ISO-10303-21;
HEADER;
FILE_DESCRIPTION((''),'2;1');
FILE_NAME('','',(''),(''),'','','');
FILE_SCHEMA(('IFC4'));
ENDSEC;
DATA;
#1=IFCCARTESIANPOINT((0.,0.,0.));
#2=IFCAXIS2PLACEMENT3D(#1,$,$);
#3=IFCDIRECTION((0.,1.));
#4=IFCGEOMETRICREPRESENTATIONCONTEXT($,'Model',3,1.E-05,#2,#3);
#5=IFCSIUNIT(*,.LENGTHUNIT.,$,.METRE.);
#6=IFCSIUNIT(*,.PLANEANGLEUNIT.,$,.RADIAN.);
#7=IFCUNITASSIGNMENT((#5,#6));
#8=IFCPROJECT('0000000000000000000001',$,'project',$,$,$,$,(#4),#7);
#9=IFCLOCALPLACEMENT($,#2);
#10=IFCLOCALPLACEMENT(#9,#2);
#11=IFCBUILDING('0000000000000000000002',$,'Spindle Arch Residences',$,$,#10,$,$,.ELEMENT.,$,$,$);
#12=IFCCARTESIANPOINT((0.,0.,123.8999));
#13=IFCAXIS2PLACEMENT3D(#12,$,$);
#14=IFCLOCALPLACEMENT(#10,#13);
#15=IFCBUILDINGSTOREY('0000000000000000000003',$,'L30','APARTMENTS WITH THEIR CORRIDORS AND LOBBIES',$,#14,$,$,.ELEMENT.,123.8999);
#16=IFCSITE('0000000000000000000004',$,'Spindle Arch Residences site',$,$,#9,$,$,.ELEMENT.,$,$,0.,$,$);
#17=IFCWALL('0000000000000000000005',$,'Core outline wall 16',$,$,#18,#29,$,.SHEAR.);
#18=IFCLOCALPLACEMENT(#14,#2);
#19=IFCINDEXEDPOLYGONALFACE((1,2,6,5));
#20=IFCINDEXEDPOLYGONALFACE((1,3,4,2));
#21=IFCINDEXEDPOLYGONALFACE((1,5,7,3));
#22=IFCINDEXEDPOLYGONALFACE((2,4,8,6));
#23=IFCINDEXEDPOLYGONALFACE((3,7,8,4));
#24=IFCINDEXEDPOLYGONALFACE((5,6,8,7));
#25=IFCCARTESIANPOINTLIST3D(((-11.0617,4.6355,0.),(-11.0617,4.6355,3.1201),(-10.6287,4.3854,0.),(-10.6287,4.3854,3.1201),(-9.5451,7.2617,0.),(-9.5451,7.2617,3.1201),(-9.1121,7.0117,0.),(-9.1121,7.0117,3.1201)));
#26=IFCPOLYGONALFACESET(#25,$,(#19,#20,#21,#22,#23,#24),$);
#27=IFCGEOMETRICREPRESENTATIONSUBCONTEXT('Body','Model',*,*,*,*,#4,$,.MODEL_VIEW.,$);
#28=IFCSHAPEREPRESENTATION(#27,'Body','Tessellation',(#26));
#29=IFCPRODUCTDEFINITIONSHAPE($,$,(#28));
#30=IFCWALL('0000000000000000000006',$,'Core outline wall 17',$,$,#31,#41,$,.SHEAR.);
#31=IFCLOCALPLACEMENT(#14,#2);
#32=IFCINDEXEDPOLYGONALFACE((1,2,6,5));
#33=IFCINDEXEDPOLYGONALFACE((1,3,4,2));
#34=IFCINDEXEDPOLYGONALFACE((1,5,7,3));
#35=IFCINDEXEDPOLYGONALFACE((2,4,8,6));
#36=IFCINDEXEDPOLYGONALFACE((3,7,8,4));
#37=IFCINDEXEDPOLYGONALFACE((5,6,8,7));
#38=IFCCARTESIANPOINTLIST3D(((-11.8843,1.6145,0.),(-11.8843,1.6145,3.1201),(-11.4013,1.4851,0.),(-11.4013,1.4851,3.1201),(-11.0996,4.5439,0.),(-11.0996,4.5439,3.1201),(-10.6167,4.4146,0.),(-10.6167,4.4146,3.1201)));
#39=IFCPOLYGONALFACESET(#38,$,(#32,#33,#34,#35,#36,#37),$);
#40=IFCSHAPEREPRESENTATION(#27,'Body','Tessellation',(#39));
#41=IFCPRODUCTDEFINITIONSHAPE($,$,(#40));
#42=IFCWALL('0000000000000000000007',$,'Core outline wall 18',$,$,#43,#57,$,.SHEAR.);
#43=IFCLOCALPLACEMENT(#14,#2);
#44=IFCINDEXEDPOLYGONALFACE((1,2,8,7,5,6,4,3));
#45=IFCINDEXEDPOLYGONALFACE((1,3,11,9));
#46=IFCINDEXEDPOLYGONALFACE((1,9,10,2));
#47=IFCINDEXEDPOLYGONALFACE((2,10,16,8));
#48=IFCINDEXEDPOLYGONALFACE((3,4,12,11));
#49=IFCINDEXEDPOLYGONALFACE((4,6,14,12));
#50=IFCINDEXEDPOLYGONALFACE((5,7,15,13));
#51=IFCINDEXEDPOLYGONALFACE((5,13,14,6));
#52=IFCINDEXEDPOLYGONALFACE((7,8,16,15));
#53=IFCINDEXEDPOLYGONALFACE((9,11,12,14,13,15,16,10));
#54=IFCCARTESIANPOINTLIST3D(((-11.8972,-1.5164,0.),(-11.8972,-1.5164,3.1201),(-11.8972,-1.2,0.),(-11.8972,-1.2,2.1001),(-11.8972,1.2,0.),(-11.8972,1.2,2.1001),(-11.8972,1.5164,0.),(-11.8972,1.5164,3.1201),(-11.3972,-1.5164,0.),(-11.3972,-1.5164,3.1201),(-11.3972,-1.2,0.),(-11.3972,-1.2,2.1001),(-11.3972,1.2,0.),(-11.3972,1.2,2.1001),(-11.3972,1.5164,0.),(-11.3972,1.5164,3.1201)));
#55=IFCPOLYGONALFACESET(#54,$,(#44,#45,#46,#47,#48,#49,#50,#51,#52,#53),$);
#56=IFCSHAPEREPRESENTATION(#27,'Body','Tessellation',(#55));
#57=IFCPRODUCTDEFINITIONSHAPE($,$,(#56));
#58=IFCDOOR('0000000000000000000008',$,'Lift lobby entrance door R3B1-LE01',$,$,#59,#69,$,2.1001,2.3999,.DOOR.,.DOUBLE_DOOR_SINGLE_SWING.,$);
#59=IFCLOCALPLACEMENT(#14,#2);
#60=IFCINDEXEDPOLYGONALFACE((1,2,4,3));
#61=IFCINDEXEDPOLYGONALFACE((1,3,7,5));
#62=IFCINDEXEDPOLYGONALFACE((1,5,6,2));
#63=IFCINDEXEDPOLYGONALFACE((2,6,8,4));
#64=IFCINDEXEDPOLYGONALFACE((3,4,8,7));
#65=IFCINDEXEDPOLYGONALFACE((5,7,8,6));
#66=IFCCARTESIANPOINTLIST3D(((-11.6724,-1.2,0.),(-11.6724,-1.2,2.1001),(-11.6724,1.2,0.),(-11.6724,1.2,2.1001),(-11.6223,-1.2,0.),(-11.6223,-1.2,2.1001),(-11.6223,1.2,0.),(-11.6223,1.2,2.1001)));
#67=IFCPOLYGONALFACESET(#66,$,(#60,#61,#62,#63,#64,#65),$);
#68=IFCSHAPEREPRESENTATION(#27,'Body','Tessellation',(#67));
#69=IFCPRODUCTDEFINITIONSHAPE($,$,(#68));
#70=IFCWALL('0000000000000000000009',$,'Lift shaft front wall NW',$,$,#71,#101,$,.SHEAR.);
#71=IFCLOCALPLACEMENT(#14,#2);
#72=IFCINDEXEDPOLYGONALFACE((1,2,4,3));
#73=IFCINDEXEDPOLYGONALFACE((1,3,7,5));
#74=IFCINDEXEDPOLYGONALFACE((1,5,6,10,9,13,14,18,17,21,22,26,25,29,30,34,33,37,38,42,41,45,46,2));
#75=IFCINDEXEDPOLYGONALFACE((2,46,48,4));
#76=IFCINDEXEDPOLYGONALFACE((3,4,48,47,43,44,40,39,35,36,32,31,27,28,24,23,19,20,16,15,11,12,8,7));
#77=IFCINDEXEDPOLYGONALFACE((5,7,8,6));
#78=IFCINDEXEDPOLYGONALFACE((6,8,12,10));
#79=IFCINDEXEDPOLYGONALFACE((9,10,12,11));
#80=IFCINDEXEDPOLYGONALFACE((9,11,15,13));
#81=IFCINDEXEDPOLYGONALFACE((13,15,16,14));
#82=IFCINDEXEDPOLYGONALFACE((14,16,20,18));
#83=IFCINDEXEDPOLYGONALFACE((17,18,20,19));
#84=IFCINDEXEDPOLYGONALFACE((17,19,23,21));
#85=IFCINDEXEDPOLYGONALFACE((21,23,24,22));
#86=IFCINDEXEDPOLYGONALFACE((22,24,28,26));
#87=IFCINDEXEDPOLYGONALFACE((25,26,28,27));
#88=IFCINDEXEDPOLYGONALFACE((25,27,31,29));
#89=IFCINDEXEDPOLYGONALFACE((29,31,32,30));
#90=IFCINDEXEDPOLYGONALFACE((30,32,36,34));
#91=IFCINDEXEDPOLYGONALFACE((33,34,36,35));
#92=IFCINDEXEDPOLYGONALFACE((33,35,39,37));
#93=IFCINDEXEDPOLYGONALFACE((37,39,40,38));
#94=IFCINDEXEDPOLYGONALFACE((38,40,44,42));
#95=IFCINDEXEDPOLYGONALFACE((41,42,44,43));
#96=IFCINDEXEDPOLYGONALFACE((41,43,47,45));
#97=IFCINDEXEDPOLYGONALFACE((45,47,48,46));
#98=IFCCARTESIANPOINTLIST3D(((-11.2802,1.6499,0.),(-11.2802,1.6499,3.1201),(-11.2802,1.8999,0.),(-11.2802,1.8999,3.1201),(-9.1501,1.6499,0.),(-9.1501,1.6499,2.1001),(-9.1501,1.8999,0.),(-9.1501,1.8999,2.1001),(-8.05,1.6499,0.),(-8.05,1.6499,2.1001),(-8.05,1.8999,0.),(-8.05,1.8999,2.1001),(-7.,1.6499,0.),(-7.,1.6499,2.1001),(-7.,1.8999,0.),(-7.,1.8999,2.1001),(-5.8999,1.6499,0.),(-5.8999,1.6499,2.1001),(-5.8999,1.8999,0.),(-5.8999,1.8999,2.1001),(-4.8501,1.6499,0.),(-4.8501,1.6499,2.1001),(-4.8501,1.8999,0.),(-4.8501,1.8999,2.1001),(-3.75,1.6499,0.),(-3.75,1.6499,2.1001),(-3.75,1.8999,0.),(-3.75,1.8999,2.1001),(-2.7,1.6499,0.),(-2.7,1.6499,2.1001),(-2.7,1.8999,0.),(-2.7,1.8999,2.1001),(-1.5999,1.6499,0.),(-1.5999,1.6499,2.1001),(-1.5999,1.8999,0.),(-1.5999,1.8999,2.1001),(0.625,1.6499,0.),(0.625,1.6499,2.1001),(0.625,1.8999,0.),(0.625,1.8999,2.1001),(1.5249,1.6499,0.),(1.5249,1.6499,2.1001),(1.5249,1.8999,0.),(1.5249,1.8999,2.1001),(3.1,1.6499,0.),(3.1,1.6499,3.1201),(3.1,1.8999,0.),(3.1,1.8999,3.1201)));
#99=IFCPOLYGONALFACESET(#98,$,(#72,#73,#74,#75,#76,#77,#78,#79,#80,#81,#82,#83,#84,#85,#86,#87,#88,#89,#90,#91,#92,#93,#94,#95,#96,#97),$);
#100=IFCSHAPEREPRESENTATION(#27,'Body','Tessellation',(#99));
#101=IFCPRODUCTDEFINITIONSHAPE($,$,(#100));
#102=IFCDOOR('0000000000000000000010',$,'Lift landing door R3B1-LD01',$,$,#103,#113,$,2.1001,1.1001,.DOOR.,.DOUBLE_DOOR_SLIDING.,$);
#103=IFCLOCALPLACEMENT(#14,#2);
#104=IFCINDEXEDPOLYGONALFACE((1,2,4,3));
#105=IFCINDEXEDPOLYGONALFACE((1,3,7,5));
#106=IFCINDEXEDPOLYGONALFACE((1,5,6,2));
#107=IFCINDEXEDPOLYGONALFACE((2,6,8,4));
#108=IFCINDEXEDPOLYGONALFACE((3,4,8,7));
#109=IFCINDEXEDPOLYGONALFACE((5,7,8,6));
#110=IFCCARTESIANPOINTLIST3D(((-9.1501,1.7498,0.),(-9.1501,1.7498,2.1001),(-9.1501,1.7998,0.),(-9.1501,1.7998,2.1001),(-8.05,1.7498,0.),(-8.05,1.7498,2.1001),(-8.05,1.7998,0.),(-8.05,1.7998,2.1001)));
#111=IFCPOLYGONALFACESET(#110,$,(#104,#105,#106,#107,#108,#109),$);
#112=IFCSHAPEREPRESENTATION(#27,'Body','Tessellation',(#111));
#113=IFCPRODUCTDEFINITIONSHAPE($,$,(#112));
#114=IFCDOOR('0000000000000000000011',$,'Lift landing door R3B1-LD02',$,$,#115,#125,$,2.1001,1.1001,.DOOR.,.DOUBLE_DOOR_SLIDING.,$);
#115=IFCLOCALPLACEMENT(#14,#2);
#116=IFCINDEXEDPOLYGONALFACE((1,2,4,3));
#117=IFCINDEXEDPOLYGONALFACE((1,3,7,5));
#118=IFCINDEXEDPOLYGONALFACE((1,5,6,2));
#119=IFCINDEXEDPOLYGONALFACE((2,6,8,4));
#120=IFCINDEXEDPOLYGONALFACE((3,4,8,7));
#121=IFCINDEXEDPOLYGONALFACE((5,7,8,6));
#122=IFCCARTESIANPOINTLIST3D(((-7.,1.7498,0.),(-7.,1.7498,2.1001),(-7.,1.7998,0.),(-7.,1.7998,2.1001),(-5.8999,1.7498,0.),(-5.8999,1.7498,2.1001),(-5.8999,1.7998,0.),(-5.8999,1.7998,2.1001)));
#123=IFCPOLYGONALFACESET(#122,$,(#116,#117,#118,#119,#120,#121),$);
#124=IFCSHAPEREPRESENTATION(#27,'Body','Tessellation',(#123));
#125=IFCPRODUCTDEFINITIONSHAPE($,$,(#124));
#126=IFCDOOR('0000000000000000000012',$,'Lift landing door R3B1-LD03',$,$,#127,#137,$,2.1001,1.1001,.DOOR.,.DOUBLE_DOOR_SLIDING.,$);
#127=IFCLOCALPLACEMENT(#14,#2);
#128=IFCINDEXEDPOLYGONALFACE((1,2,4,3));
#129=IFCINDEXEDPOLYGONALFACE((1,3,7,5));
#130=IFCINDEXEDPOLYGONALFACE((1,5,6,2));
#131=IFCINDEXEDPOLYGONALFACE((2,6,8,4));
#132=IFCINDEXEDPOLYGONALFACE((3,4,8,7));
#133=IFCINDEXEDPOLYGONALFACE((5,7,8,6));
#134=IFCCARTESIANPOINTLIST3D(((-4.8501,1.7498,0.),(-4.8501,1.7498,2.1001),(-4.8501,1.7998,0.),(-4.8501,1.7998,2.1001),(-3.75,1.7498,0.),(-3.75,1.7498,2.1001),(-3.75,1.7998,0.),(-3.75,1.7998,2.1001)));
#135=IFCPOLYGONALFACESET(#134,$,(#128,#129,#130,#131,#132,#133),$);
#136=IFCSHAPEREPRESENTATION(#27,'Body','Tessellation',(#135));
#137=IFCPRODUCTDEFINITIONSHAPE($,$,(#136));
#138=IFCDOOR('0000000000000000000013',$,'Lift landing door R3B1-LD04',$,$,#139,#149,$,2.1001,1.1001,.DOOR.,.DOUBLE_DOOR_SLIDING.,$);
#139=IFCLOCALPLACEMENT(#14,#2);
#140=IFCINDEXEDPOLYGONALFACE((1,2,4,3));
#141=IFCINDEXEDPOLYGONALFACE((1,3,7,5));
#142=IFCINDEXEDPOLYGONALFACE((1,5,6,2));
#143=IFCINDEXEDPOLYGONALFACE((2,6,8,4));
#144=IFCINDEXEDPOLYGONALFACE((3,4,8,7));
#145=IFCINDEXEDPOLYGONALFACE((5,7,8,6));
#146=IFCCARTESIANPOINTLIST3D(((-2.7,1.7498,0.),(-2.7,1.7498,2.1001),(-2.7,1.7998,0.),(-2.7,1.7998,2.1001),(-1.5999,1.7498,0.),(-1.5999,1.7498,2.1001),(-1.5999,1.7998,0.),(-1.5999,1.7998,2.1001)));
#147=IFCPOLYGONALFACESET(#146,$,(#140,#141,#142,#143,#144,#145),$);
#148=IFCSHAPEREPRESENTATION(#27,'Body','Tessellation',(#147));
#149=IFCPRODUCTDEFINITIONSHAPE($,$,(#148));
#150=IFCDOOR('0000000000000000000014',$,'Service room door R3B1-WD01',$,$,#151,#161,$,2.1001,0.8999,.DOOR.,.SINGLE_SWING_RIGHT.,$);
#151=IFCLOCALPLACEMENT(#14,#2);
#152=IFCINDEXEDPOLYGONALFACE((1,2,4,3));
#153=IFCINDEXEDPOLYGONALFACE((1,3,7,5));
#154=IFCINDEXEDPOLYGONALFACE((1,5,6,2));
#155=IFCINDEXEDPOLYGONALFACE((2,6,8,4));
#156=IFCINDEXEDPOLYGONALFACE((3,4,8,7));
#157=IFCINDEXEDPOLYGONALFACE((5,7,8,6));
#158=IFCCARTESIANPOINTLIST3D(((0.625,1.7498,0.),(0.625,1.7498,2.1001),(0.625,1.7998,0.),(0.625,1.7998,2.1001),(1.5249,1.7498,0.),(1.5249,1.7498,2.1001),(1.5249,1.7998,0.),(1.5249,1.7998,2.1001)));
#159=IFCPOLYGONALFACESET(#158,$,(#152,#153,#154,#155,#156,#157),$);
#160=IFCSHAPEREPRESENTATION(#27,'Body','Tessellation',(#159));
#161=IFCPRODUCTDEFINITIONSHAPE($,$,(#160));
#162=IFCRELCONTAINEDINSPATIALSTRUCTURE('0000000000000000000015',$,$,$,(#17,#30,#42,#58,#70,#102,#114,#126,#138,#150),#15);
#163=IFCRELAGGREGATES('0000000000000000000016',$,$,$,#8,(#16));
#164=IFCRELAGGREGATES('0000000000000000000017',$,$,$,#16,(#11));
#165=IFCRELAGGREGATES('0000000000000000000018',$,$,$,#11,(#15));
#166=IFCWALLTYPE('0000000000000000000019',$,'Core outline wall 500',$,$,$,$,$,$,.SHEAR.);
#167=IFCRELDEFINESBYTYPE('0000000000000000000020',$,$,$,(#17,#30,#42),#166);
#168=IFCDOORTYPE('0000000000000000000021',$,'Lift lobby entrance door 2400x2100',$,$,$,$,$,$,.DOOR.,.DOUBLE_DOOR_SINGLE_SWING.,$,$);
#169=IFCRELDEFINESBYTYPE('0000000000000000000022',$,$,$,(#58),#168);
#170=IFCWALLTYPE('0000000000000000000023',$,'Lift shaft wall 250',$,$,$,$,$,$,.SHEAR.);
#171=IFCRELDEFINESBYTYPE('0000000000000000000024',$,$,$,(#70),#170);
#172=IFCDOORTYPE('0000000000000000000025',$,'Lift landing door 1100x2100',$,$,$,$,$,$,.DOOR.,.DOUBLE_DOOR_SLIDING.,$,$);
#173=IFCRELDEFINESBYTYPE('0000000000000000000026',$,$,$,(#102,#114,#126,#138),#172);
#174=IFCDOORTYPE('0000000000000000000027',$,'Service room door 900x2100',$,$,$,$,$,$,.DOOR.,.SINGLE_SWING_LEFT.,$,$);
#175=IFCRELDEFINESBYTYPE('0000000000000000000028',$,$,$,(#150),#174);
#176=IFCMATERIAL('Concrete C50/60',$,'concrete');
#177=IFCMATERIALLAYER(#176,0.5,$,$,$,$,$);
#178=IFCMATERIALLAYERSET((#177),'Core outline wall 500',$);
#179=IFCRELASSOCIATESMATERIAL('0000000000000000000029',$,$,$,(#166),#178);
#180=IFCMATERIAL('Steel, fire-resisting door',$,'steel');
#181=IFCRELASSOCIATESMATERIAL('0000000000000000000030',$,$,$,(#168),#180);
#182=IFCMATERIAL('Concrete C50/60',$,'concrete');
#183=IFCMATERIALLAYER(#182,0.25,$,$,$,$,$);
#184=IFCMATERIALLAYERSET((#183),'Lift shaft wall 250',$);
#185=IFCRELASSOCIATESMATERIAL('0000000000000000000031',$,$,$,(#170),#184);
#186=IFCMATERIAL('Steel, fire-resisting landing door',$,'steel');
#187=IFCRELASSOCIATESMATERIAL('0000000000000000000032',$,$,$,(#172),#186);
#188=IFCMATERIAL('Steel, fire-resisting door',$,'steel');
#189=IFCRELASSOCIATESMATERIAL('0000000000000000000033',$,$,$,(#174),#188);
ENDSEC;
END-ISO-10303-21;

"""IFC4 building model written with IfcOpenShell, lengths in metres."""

from ifc_helpers import new_model, si_unit, direction, frame, frame_2d, origin, place, context, subcontext, project, spatial, rectangle, extrude, material, layer, layer_set, type_object, element, fill, save


model = new_model("IFC4")

# Units and contexts
model_context = context("Model", 3, precision=1e-05, world=origin(), true_north=direction((0.0, 1.0)))
body_context = subcontext(model_context, "Body", "Model", "MODEL_VIEW")
ifc_project = project(units=[si_unit("LENGTHUNIT", "METRE"), si_unit("PLANEANGLEUNIT", "RADIAN")], contexts=[model_context])

# Site, building, storey
site_placement = place(None, origin())
site = spatial("IfcSite", under=ifc_project, at=site_placement, Name="Spindle Arch Residences site", CompositionType="ELEMENT", RefElevation=0.0)
building_placement = place(site_placement, origin())
building = spatial("IfcBuilding", under=site, at=building_placement, Name="Spindle Arch Residences", CompositionType="ELEMENT")
storey_placement = place(building_placement, frame((0.0, 0.0, 123.8999)))
storey = spatial("IfcBuildingStorey", under=building, at=storey_placement, Name="L30", Description="APARTMENTS WITH THEIR CORRIDORS AND LOBBIES", CompositionType="ELEMENT", Elevation=123.8999)

# Walls
ifc_material_1 = material(Name="Concrete C50/60", Category="concrete")
ifc_layer_1 = layer(ifc_material_1, 0.5)
ifc_layer_set_1 = layer_set([ifc_layer_1], Name="Core outline wall 500")
wall_type_1 = type_object("IfcWallType", Name="Core outline wall 500", PredefinedType="SHEAR", material=ifc_layer_set_1)
for number, where, z_axis, x_axis, name in (
    (1, (-9.3286, 7.1367, 0.0), (0.0, 0.0, 1.0), (-0.500087, -0.865975, 0.0), "Core outline wall 16"),
    (2, (-10.8582, 4.4792, 0.0), (0.0, 0.0, 1.0), (-0.258735, -0.965948, 0.0), "Core outline wall 17"),
):
    element("IfcWall", number, at=place(storey_placement, frame(where, z_axis=z_axis, x_axis=x_axis)), inside=storey, type_object=wall_type_1, Name=name, PredefinedType="SHEAR", context=body_context, shape_type="SweptSolid", body=[
        extrude(rectangle(XDim=3.0327, YDim=0.5, at=frame_2d((1.5164, 0.0))), origin(), (0.0, 0.0, 1.0), 3.1201),
    ])

# Wall, opening, door
wall_1_placement = place(storey_placement, frame((-11.6472, 1.5164, 0.0), z_axis=(0.0, 0.0, 1.0), x_axis=(0.0, -1.0, 0.0)))
wall_1 = element("IfcWall", 3, at=wall_1_placement, inside=storey, type_object=wall_type_1, Name="Core outline wall 18", PredefinedType="SHEAR", context=body_context, shape_type="SweptSolid", body=[
    extrude(rectangle(XDim=3.0327, YDim=0.5, at=frame_2d((1.5164, 0.0))), origin(), (0.0, 0.0, 1.0), 3.1201),
])
opening_1_placement = place(wall_1_placement, frame((0.3164, 0.0, 0.0)))
opening_1 = element("IfcOpeningElement", 4, at=opening_1_placement, cuts=wall_1, PredefinedType="OPENING", context=body_context, shape_type="SweptSolid", body=[
    extrude(rectangle(XDim=2.3999, YDim=2.1001, at=frame_2d((1.2, 1.05))), frame((0.0, 0.26, 0.0), z_axis=(0.0, -1.0, 0.0), x_axis=(1.0, 0.0, 0.0)), (0.0, 0.0, 1.0), 0.52),
])
ifc_material_2 = material(Name="Steel, fire-resisting door", Category="steel")
door_type_1 = type_object("IfcDoorType", Name="Lift lobby entrance door 2400x2100", OperationType="DOUBLE_DOOR_SINGLE_SWING", PredefinedType="DOOR", material=ifc_material_2)
door_1_placement = place(opening_1_placement, origin())
door_1 = element("IfcDoor", 5, at=door_1_placement, inside=storey, type_object=door_type_1, Name="Lift lobby entrance door R3B1-LE01", OperationType="DOUBLE_DOOR_SINGLE_SWING", OverallHeight=2.1001, OverallWidth=2.3999, PredefinedType="DOOR", context=body_context, shape_type="SweptSolid", body=[
    extrude(rectangle(XDim=2.3999, YDim=2.1001, at=frame_2d((1.2, 1.05))), frame((0.0, 0.0249, 0.0), z_axis=(0.0, -1.0, 0.0), x_axis=(1.0, 0.0, 0.0)), (0.0, 0.0, 1.0), 0.05),
])
fill(opening_1, door_1)

# Wall, openings, doors
ifc_material_3 = material(Name="Concrete C50/60", Category="concrete")
ifc_layer_2 = layer(ifc_material_3, 0.25)
ifc_layer_set_2 = layer_set([ifc_layer_2], Name="Lift shaft wall 250")
wall_type_2 = type_object("IfcWallType", Name="Lift shaft wall 250", PredefinedType="SHEAR", material=ifc_layer_set_2)
wall_2_placement = place(storey_placement, frame((-11.28, 1.7749, 0.0), z_axis=(0.0, 0.0, 1.0), x_axis=(1.0, 0.0, 0.0)))
wall_2 = element("IfcWall", 6, at=wall_2_placement, inside=storey, type_object=wall_type_2, Name="Lift shaft front wall NW", PredefinedType="SHEAR", context=body_context, shape_type="SweptSolid", body=[
    extrude(rectangle(XDim=14.3801, YDim=0.25, at=frame_2d((7.1899, 0.0))), origin(), (0.0, 0.0, 1.0), 3.1201),
])
opening_2_placement = place(wall_2_placement, frame((2.1299, 0.0, 0.0)))
opening_2 = element("IfcOpeningElement", 7, at=opening_2_placement, cuts=wall_2, PredefinedType="OPENING", context=body_context, shape_type="SweptSolid", body=[
    extrude(rectangle(XDim=1.1001, YDim=2.1001, at=frame_2d((0.55, 1.05))), frame((0.0, 0.135, 0.0), z_axis=(0.0, -1.0, 0.0), x_axis=(1.0, 0.0, 0.0)), (0.0, 0.0, 1.0), 0.27),
])
opening_3_placement = place(wall_2_placement, frame((4.28, 0.0, 0.0)))
opening_3 = element("IfcOpeningElement", 8, at=opening_3_placement, cuts=wall_2, PredefinedType="OPENING", context=body_context, shape_type="SweptSolid", body=[
    extrude(rectangle(XDim=1.1001, YDim=2.1001, at=frame_2d((0.55, 1.05))), frame((0.0, 0.135, 0.0), z_axis=(0.0, -1.0, 0.0), x_axis=(1.0, 0.0, 0.0)), (0.0, 0.0, 1.0), 0.27),
])
opening_4_placement = place(wall_2_placement, frame((6.4299, 0.0, 0.0)))
opening_4 = element("IfcOpeningElement", 9, at=opening_4_placement, cuts=wall_2, PredefinedType="OPENING", context=body_context, shape_type="SweptSolid", body=[
    extrude(rectangle(XDim=1.1001, YDim=2.1001, at=frame_2d((0.55, 1.05))), frame((0.0, 0.135, 0.0), z_axis=(0.0, -1.0, 0.0), x_axis=(1.0, 0.0, 0.0)), (0.0, 0.0, 1.0), 0.27),
])
opening_5_placement = place(wall_2_placement, frame((8.5801, 0.0, 0.0)))
opening_5 = element("IfcOpeningElement", 10, at=opening_5_placement, cuts=wall_2, PredefinedType="OPENING", context=body_context, shape_type="SweptSolid", body=[
    extrude(rectangle(XDim=1.1001, YDim=2.1001, at=frame_2d((0.55, 1.05))), frame((0.0, 0.135, 0.0), z_axis=(0.0, -1.0, 0.0), x_axis=(1.0, 0.0, 0.0)), (0.0, 0.0, 1.0), 0.27),
])
opening_6_placement = place(wall_2_placement, frame((11.905, 0.0, 0.0)))
opening_6 = element("IfcOpeningElement", 11, at=opening_6_placement, cuts=wall_2, PredefinedType="OPENING", context=body_context, shape_type="SweptSolid", body=[
    extrude(rectangle(XDim=0.8999, YDim=2.1001, at=frame_2d((0.45, 1.05))), frame((0.0, 0.135, 0.0), z_axis=(0.0, -1.0, 0.0), x_axis=(1.0, 0.0, 0.0)), (0.0, 0.0, 1.0), 0.27),
])
ifc_material_4 = material(Name="Steel, fire-resisting landing door", Category="steel")
door_type_2 = type_object("IfcDoorType", Name="Lift landing door 1100x2100", OperationType="DOUBLE_DOOR_SLIDING", PredefinedType="DOOR", material=ifc_material_4)
door_2_placement = place(opening_2_placement, origin())
door_2 = element("IfcDoor", 12, at=door_2_placement, inside=storey, type_object=door_type_2, Name="Lift landing door R3B1-LD01", OperationType="DOUBLE_DOOR_SLIDING", OverallHeight=2.1001, OverallWidth=1.1001, PredefinedType="DOOR", context=body_context, shape_type="SweptSolid", body=[
    extrude(rectangle(XDim=1.1001, YDim=2.1001, at=frame_2d((0.55, 1.05))), frame((0.0, 0.0249, 0.0), z_axis=(0.0, -1.0, 0.0), x_axis=(1.0, 0.0, 0.0)), (0.0, 0.0, 1.0), 0.05),
])
fill(opening_2, door_2)
door_3_placement = place(opening_3_placement, origin())
door_3 = element("IfcDoor", 13, at=door_3_placement, inside=storey, type_object=door_type_2, Name="Lift landing door R3B1-LD02", OperationType="DOUBLE_DOOR_SLIDING", OverallHeight=2.1001, OverallWidth=1.1001, PredefinedType="DOOR", context=body_context, shape_type="SweptSolid", body=[
    extrude(rectangle(XDim=1.1001, YDim=2.1001, at=frame_2d((0.55, 1.05))), frame((0.0, 0.0249, 0.0), z_axis=(0.0, -1.0, 0.0), x_axis=(1.0, 0.0, 0.0)), (0.0, 0.0, 1.0), 0.05),
])
fill(opening_3, door_3)
door_4_placement = place(opening_4_placement, origin())
door_4 = element("IfcDoor", 14, at=door_4_placement, inside=storey, type_object=door_type_2, Name="Lift landing door R3B1-LD03", OperationType="DOUBLE_DOOR_SLIDING", OverallHeight=2.1001, OverallWidth=1.1001, PredefinedType="DOOR", context=body_context, shape_type="SweptSolid", body=[
    extrude(rectangle(XDim=1.1001, YDim=2.1001, at=frame_2d((0.55, 1.05))), frame((0.0, 0.0249, 0.0), z_axis=(0.0, -1.0, 0.0), x_axis=(1.0, 0.0, 0.0)), (0.0, 0.0, 1.0), 0.05),
])
fill(opening_4, door_4)
door_5_placement = place(opening_5_placement, origin())
door_5 = element("IfcDoor", 15, at=door_5_placement, inside=storey, type_object=door_type_2, Name="Lift landing door R3B1-LD04", OperationType="DOUBLE_DOOR_SLIDING", OverallHeight=2.1001, OverallWidth=1.1001, PredefinedType="DOOR", context=body_context, shape_type="SweptSolid", body=[
    extrude(rectangle(XDim=1.1001, YDim=2.1001, at=frame_2d((0.55, 1.05))), frame((0.0, 0.0249, 0.0), z_axis=(0.0, -1.0, 0.0), x_axis=(1.0, 0.0, 0.0)), (0.0, 0.0, 1.0), 0.05),
])
fill(opening_5, door_5)
ifc_material_5 = material(Name="Steel, fire-resisting door", Category="steel")
door_type_3 = type_object("IfcDoorType", Name="Service room door 900x2100", OperationType="SINGLE_SWING_LEFT", PredefinedType="DOOR", material=ifc_material_5)
door_6_placement = place(opening_6_placement, origin())
door_6 = element("IfcDoor", 16, at=door_6_placement, inside=storey, type_object=door_type_3, Name="Service room door R3B1-WD01", OperationType="SINGLE_SWING_RIGHT", OverallHeight=2.1001, OverallWidth=0.8999, PredefinedType="DOOR", context=body_context, shape_type="SweptSolid", body=[
    extrude(rectangle(XDim=0.8999, YDim=2.1001, at=frame_2d((0.45, 1.05))), frame((0.0, 0.0249, 0.0), z_axis=(0.0, -1.0, 0.0), x_axis=(1.0, 0.0, 0.0)), (0.0, 0.0, 1.0), 0.05),
])
fill(opening_6, door_6)

save(model, "model.ifc")
